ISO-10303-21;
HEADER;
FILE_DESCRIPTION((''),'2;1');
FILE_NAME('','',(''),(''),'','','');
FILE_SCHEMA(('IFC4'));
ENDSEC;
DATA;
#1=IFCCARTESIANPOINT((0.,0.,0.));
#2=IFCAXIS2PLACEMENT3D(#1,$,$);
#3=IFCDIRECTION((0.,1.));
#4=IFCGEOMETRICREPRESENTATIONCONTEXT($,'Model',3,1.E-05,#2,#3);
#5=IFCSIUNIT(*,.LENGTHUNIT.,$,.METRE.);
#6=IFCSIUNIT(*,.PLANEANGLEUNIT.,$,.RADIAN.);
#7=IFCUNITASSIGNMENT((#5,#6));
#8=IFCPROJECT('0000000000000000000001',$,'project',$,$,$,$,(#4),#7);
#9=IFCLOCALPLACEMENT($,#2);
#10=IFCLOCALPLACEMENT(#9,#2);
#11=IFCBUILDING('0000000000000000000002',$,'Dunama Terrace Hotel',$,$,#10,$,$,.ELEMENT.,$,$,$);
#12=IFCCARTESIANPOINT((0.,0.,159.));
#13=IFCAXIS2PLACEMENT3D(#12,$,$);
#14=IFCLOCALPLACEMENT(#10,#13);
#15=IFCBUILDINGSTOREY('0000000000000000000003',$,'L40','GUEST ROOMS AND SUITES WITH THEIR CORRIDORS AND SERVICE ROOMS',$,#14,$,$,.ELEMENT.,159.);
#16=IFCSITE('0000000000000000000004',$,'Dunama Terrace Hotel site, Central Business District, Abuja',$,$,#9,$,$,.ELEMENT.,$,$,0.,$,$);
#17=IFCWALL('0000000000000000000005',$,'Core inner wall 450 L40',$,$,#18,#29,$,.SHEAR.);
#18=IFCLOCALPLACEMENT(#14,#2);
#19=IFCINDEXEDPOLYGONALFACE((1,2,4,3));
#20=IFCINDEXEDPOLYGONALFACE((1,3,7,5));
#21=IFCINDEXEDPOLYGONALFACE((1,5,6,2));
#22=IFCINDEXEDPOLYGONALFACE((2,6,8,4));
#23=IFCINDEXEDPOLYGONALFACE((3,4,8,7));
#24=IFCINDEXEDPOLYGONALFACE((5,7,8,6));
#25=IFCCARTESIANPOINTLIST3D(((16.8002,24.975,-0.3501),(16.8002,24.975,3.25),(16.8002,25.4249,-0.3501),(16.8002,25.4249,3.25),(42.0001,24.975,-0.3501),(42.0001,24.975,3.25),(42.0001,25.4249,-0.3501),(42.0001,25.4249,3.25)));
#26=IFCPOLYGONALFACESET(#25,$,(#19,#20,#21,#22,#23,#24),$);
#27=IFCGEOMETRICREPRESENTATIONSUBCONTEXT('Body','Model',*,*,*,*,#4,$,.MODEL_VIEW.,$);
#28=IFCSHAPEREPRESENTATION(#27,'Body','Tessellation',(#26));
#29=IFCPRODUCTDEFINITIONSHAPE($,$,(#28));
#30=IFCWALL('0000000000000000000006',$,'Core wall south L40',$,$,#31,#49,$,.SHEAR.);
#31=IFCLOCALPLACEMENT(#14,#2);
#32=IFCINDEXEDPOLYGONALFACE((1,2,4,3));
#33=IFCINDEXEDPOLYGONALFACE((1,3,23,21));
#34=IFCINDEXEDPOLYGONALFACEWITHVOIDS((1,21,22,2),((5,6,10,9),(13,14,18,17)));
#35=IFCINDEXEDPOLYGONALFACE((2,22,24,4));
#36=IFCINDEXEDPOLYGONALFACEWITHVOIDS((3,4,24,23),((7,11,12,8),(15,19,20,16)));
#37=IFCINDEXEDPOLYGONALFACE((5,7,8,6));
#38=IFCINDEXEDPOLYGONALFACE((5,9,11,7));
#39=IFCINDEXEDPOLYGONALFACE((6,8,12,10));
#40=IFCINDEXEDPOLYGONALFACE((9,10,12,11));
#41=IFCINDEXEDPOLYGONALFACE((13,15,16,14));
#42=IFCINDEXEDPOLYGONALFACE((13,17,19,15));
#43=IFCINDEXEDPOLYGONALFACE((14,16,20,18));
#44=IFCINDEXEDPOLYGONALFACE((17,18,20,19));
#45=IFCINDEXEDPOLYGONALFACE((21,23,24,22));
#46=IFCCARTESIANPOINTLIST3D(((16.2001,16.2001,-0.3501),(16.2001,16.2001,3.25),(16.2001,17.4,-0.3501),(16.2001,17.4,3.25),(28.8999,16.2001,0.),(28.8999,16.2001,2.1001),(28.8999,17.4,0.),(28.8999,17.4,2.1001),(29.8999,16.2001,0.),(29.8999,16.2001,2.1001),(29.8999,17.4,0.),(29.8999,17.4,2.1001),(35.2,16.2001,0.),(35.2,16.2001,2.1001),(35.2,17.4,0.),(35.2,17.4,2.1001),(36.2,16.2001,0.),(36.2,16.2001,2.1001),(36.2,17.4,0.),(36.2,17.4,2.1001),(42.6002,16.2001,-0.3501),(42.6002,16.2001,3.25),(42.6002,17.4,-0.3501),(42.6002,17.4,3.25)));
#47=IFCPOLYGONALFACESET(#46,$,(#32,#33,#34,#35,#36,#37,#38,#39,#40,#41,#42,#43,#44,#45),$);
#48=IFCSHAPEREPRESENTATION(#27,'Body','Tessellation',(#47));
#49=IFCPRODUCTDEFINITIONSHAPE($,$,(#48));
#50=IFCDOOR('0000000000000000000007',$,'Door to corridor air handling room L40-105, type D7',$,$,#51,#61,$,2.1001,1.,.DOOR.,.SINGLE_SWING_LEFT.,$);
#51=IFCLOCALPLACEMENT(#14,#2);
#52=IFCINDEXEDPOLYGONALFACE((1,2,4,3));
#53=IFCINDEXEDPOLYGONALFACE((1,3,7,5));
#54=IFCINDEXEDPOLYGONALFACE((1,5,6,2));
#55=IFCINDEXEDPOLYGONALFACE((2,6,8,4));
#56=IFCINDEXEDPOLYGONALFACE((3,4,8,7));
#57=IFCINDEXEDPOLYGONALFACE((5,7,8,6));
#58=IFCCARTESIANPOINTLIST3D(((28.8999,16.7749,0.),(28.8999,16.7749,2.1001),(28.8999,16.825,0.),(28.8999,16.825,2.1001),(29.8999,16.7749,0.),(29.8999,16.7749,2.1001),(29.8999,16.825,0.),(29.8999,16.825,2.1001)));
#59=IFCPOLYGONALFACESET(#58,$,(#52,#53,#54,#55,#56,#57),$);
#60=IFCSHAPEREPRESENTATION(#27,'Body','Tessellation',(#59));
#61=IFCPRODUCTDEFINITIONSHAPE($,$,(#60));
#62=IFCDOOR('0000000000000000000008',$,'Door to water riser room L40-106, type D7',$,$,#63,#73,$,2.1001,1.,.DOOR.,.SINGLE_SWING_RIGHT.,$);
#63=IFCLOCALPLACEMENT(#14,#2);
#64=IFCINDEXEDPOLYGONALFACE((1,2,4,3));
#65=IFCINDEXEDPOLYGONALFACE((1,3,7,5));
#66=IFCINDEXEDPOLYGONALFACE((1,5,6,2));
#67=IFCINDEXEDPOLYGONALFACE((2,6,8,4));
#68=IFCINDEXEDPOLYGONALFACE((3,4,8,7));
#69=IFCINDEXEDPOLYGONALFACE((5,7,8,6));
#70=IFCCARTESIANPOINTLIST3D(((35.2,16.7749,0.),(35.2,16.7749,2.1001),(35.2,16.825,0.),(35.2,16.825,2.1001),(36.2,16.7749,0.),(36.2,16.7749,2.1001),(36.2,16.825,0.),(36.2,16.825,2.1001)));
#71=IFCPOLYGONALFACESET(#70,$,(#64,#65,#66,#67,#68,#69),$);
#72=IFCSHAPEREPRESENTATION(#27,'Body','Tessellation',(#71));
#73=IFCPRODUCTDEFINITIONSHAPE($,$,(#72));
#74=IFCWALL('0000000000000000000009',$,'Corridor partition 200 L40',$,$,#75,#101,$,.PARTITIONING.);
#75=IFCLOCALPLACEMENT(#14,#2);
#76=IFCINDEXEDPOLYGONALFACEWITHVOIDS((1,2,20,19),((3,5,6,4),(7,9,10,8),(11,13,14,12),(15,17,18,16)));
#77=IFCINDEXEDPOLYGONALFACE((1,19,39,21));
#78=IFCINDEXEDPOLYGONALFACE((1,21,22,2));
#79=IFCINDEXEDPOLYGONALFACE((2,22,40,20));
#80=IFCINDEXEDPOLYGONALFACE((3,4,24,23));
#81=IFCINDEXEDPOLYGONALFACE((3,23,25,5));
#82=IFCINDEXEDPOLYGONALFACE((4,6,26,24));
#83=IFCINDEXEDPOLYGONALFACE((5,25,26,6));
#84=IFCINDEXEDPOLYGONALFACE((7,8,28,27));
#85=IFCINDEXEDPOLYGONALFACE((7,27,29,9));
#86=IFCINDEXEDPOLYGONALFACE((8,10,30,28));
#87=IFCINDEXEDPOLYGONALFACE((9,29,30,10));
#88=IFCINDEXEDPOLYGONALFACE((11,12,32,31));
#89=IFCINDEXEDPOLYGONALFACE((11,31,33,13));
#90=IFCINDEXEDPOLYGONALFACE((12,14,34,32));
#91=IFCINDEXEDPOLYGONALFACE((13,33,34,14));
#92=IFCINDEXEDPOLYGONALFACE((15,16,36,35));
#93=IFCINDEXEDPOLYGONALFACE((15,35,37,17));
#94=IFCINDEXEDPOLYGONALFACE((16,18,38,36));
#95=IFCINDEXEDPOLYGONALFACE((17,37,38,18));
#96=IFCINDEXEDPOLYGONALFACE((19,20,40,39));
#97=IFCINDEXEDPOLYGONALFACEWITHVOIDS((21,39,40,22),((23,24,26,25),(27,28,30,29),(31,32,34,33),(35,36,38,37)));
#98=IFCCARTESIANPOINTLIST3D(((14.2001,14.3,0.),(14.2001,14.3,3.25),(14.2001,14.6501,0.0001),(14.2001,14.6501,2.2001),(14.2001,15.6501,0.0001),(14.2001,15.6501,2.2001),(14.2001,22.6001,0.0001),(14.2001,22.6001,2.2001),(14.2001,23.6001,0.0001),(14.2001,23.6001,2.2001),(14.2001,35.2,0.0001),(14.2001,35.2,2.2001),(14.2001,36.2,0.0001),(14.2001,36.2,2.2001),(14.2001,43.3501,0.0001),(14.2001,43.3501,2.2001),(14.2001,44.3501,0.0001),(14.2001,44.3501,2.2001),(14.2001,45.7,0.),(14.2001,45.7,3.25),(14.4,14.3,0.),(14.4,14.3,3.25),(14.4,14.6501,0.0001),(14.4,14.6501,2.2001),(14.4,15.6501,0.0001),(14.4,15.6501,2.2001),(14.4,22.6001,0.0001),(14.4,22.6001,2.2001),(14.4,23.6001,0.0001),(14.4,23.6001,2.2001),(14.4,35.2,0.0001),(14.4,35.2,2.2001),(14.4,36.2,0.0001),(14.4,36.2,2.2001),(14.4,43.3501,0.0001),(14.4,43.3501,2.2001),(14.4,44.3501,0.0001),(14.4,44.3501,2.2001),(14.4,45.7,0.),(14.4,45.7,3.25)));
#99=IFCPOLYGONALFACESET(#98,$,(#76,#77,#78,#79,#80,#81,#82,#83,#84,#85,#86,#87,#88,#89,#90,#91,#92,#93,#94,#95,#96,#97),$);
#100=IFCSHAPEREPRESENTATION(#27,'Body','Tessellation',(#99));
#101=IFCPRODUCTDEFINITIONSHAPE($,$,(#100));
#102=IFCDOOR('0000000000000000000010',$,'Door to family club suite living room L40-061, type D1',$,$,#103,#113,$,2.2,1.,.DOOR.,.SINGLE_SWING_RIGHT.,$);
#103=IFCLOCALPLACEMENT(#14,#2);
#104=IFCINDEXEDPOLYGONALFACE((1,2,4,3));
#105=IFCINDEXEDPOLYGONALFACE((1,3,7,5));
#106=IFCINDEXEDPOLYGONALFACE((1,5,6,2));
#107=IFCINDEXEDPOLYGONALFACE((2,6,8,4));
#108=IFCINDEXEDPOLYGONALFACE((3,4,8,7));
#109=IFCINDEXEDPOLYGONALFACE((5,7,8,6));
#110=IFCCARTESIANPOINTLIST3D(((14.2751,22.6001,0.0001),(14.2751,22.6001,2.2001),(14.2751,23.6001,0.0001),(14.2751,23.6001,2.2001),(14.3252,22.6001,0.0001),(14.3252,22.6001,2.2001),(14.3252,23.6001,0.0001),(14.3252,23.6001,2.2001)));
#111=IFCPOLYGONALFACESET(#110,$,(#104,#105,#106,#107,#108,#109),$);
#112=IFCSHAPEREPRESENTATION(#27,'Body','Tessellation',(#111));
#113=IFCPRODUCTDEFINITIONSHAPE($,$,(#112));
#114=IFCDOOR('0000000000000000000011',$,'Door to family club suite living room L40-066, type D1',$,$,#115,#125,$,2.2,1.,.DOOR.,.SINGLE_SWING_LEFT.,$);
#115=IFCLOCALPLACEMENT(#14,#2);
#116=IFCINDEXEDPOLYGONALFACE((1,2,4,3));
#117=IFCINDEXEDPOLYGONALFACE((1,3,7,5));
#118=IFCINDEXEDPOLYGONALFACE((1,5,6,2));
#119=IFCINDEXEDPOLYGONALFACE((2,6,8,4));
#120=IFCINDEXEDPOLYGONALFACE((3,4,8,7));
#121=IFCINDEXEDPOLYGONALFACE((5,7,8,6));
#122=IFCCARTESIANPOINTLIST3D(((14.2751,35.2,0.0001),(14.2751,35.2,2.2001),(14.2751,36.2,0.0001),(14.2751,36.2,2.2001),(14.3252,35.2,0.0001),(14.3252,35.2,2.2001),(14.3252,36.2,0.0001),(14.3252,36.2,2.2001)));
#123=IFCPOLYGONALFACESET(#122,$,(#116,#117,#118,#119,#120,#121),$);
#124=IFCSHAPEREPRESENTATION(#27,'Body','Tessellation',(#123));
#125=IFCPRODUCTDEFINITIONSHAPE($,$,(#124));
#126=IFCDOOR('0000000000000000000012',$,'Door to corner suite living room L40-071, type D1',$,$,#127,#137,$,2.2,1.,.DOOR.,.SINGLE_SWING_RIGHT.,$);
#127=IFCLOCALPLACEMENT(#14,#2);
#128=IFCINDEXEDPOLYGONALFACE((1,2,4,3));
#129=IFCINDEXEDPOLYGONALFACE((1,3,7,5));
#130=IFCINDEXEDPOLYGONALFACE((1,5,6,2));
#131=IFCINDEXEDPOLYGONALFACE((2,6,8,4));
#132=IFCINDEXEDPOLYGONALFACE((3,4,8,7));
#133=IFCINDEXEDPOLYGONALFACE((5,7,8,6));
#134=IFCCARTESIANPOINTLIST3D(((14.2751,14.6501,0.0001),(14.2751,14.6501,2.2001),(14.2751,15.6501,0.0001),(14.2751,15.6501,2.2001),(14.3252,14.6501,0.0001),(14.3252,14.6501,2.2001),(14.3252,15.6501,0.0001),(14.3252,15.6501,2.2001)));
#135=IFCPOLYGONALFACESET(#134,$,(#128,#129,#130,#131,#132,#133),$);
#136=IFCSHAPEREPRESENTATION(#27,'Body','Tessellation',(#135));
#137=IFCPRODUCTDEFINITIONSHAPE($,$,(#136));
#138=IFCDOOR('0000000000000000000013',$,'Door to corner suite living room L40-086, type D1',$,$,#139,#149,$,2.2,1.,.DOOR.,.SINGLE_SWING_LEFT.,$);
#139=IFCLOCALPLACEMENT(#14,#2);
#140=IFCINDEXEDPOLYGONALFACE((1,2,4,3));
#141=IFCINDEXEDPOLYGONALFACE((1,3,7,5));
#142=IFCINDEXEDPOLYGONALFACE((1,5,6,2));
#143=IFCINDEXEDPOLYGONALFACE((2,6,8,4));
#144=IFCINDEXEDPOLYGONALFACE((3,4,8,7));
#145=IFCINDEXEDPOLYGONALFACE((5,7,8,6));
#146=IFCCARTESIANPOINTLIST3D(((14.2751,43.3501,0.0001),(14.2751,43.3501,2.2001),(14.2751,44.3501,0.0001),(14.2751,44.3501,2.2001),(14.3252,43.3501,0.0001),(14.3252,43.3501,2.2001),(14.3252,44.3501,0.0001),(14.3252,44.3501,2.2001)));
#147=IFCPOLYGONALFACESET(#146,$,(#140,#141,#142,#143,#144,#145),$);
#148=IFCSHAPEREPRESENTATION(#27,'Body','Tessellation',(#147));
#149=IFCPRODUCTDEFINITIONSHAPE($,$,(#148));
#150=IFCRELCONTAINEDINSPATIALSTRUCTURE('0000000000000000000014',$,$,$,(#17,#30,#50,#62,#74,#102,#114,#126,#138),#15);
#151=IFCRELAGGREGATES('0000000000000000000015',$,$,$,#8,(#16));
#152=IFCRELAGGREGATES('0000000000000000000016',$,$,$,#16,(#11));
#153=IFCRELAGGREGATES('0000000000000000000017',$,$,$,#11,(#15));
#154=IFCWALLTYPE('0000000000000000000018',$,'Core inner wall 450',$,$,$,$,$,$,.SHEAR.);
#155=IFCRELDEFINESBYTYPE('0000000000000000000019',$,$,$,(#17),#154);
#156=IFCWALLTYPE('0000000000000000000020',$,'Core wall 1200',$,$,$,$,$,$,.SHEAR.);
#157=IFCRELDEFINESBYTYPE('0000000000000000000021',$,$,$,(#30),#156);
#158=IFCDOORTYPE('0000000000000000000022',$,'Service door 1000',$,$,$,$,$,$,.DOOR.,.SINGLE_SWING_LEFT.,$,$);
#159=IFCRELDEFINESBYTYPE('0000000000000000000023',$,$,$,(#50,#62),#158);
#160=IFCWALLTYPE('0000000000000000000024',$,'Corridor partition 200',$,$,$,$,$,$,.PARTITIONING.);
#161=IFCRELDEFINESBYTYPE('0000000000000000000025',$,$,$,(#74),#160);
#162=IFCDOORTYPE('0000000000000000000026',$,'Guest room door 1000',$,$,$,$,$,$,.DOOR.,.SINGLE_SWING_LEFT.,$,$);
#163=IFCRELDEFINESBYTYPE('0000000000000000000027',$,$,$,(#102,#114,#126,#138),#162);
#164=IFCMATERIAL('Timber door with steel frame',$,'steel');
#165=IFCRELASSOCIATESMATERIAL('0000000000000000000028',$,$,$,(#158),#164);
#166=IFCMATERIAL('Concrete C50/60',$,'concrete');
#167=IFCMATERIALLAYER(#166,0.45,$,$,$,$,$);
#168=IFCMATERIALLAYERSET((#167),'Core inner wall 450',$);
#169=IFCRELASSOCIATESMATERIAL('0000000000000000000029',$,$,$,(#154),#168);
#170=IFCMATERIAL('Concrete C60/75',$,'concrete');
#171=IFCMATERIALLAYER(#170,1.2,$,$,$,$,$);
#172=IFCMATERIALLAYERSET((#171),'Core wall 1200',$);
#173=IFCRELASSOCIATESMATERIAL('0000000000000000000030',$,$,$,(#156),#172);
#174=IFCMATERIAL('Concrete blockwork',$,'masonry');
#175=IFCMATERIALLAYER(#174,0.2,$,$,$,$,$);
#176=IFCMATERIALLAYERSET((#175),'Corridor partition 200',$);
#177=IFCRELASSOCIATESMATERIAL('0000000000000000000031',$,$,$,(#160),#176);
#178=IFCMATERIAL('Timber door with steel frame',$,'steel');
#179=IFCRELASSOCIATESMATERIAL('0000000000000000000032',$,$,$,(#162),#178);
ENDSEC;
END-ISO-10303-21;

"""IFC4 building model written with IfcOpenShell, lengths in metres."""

from ifc_helpers import new_model, si_unit, direction, frame, frame_2d, origin, place, context, subcontext, project, spatial, rectangle, extrude, material, layer, layer_set, type_object, element, fill, save


model = new_model("IFC4")

# Units and contexts
model_context = context("Model", 3, precision=1e-05, world=origin(), true_north=direction((0.0, 1.0)))
body_context = subcontext(model_context, "Body", "Model", "MODEL_VIEW")
ifc_project = project(units=[si_unit("LENGTHUNIT", "METRE"), si_unit("PLANEANGLEUNIT", "RADIAN")], contexts=[model_context])

# Site, building, storey
site_placement = place(None, origin())
site = spatial("IfcSite", under=ifc_project, at=site_placement, Name="Dunama Terrace Hotel site, Central Business District, Abuja", CompositionType="ELEMENT", RefElevation=0.0)
building_placement = place(site_placement, origin())
building = spatial("IfcBuilding", under=site, at=building_placement, Name="Dunama Terrace Hotel", CompositionType="ELEMENT")
storey_placement = place(building_placement, frame((0.0, 0.0, 159.0)))
storey = spatial("IfcBuildingStorey", under=building, at=storey_placement, Name="L40", Description="GUEST ROOMS AND SUITES WITH THEIR CORRIDORS AND SERVICE ROOMS", CompositionType="ELEMENT", Elevation=159.0)

# Shared definitions
ifc_material_1 = material(Name="Timber door with steel frame", Category="steel")
door_type_1 = type_object("IfcDoorType", Name="Service door 1000", OperationType="SINGLE_SWING_LEFT", PredefinedType="DOOR", material=ifc_material_1)

# Wall
ifc_material_2 = material(Name="Concrete C50/60", Category="concrete")
ifc_layer_1 = layer(ifc_material_2, 0.45)
ifc_layer_set_1 = layer_set([ifc_layer_1], Name="Core inner wall 450")
wall_type_1 = type_object("IfcWallType", Name="Core inner wall 450", PredefinedType="SHEAR", material=ifc_layer_set_1)
wall_1_placement = place(storey_placement, frame((16.8, 25.2, -0.3501), z_axis=(0.0, 0.0, 1.0), x_axis=(1.0, 0.0, 0.0)))
element("IfcWall", 1, at=wall_1_placement, inside=storey, type_object=wall_type_1, Name="Core inner wall 450 L40", PredefinedType="SHEAR", context=body_context, shape_type="SweptSolid", body=[
    extrude(rectangle(XDim=25.2, YDim=0.45, at=frame_2d((12.6001, 0.0))), origin(), (0.0, 0.0, 1.0), 3.6001),
])

# Walls, openings, doors
ifc_material_3 = material(Name="Concrete C60/75", Category="concrete")
ifc_layer_2 = layer(ifc_material_3, 1.2)
ifc_layer_set_2 = layer_set([ifc_layer_2], Name="Core wall 1200")
wall_type_2 = type_object("IfcWallType", Name="Core wall 1200", PredefinedType="SHEAR", material=ifc_layer_set_2)
wall_2_placement = place(storey_placement, frame((16.2, 16.8, -0.3501), z_axis=(0.0, 0.0, 1.0), x_axis=(1.0, 0.0, 0.0)))
wall_2 = element("IfcWall", 2, at=wall_2_placement, inside=storey, type_object=wall_type_2, Name="Core wall south L40", PredefinedType="SHEAR", context=body_context, shape_type="SweptSolid", body=[
    extrude(rectangle(XDim=26.4001, YDim=1.2, at=frame_2d((13.2002, 0.0))), origin(), (0.0, 0.0, 1.0), 3.6001),
])
opening_1_placement = place(wall_2_placement, frame((12.7, 0.0, 0.3501)))
opening_1 = element("IfcOpeningElement", 3, at=opening_1_placement, cuts=wall_2, PredefinedType="OPENING", context=body_context, shape_type="SweptSolid", body=[
    extrude(rectangle(XDim=1.0, YDim=2.1001, at=frame_2d((0.5, 1.05))), frame((0.0, 0.6099, 0.0), z_axis=(0.0, -1.0, 0.0), x_axis=(1.0, 0.0, 0.0)), (0.0, 0.0, 1.0), 1.22),
])
opening_2_placement = place(wall_2_placement, frame((19.0, 0.0, 0.3501)))
opening_2 = element("IfcOpeningElement", 4, at=opening_2_placement, cuts=wall_2, PredefinedType="OPENING", context=body_context, shape_type="SweptSolid", body=[
    extrude(rectangle(XDim=1.0, YDim=2.1001, at=frame_2d((0.5, 1.05))), frame((0.0, 0.6099, 0.0), z_axis=(0.0, -1.0, 0.0), x_axis=(1.0, 0.0, 0.0)), (0.0, 0.0, 1.0), 1.22),
])
door_1_placement = place(opening_1_placement, origin())
door_1 = element("IfcDoor", 5, at=door_1_placement, inside=storey, type_object=door_type_1, Name="Door to corridor air handling room L40-105, type D7", OperationType="SINGLE_SWING_LEFT", OverallHeight=2.1001, OverallWidth=1.0, PredefinedType="DOOR", context=body_context, shape_type="SweptSolid", body=[
    extrude(rectangle(XDim=1.0, YDim=2.1001, at=frame_2d((0.5, 1.05))), frame((0.0, 0.0249, 0.0), z_axis=(0.0, -1.0, 0.0), x_axis=(1.0, 0.0, 0.0)), (0.0, 0.0, 1.0), 0.05),
])
fill(opening_1, door_1)
door_2_placement = place(opening_2_placement, origin())
door_2 = element("IfcDoor", 6, at=door_2_placement, inside=storey, type_object=door_type_1, Name="Door to water riser room L40-106, type D7", OperationType="SINGLE_SWING_RIGHT", OverallHeight=2.1001, OverallWidth=1.0, PredefinedType="DOOR", context=body_context, shape_type="SweptSolid", body=[
    extrude(rectangle(XDim=1.0, YDim=2.1001, at=frame_2d((0.5, 1.05))), frame((0.0, 0.0249, 0.0), z_axis=(0.0, -1.0, 0.0), x_axis=(1.0, 0.0, 0.0)), (0.0, 0.0, 1.0), 0.05),
])
fill(opening_2, door_2)
ifc_material_4 = material(Name="Concrete blockwork", Category="masonry")
ifc_layer_3 = layer(ifc_material_4, 0.2)
ifc_layer_set_3 = layer_set([ifc_layer_3], Name="Corridor partition 200")
wall_type_3 = type_object("IfcWallType", Name="Corridor partition 200", PredefinedType="PARTITIONING", material=ifc_layer_set_3)
wall_3_placement = place(storey_placement, frame((14.3, 14.3, 0.0), z_axis=(0.0, 0.0, 1.0), x_axis=(0.0, 1.0, 0.0)))
wall_3 = element("IfcWall", 7, at=wall_3_placement, inside=storey, type_object=wall_type_3, Name="Corridor partition 200 L40", PredefinedType="PARTITIONING", context=body_context, shape_type="SweptSolid", body=[
    extrude(rectangle(XDim=31.3999, YDim=0.2, at=frame_2d((15.7, 0.0))), origin(), (0.0, 0.0, 1.0), 3.25),
])
opening_3_placement = place(wall_3_placement, frame((8.3, 0.0, 0.0)))
opening_3 = element("IfcOpeningElement", 8, at=opening_3_placement, cuts=wall_3, PredefinedType="OPENING", context=body_context, shape_type="SweptSolid", body=[
    extrude(rectangle(XDim=1.0, YDim=2.2, at=frame_2d((0.5, 1.1001))), frame((0.0, 0.1099, 0.0), z_axis=(0.0, -1.0, 0.0), x_axis=(1.0, 0.0, 0.0)), (0.0, 0.0, 1.0), 0.22),
])
opening_4_placement = place(wall_3_placement, frame((20.8999, 0.0, 0.0)))
opening_4 = element("IfcOpeningElement", 9, at=opening_4_placement, cuts=wall_3, PredefinedType="OPENING", context=body_context, shape_type="SweptSolid", body=[
    extrude(rectangle(XDim=1.0, YDim=2.2, at=frame_2d((0.5, 1.1001))), frame((0.0, 0.1099, 0.0), z_axis=(0.0, -1.0, 0.0), x_axis=(1.0, 0.0, 0.0)), (0.0, 0.0, 1.0), 0.22),
])
opening_5_placement = place(wall_3_placement, frame((0.3501, 0.0, 0.0)))
opening_5 = element("IfcOpeningElement", 10, at=opening_5_placement, cuts=wall_3, PredefinedType="OPENING", context=body_context, shape_type="SweptSolid", body=[
    extrude(rectangle(XDim=1.0, YDim=2.2, at=frame_2d((0.5, 1.1001))), frame((0.0, 0.1099, 0.0), z_axis=(0.0, -1.0, 0.0), x_axis=(1.0, 0.0, 0.0)), (0.0, 0.0, 1.0), 0.22),
])
opening_6_placement = place(wall_3_placement, frame((29.05, 0.0, 0.0)))
opening_6 = element("IfcOpeningElement", 11, at=opening_6_placement, cuts=wall_3, PredefinedType="OPENING", context=body_context, shape_type="SweptSolid", body=[
    extrude(rectangle(XDim=1.0, YDim=2.2, at=frame_2d((0.5, 1.1001))), frame((0.0, 0.1099, 0.0), z_axis=(0.0, -1.0, 0.0), x_axis=(1.0, 0.0, 0.0)), (0.0, 0.0, 1.0), 0.22),
])
ifc_material_5 = material(Name="Timber door with steel frame", Category="steel")
door_type_2 = type_object("IfcDoorType", Name="Guest room door 1000", OperationType="SINGLE_SWING_LEFT", PredefinedType="DOOR", material=ifc_material_5)
door_3_placement = place(opening_3_placement, origin())
door_3 = element("IfcDoor", 12, at=door_3_placement, inside=storey, type_object=door_type_2, Name="Door to family club suite living room L40-061, type D1", OperationType="SINGLE_SWING_RIGHT", OverallHeight=2.2, OverallWidth=1.0, PredefinedType="DOOR", context=body_context, shape_type="SweptSolid", body=[
    extrude(rectangle(XDim=1.0, YDim=2.2, at=frame_2d((0.5, 1.1001))), frame((0.0, 0.0249, 0.0), z_axis=(0.0, -1.0, 0.0), x_axis=(1.0, 0.0, 0.0)), (0.0, 0.0, 1.0), 0.05),
])
fill(opening_3, door_3)
door_4_placement = place(opening_4_placement, origin())
door_4 = element("IfcDoor", 13, at=door_4_placement, inside=storey, type_object=door_type_2, Name="Door to family club suite living room L40-066, type D1", OperationType="SINGLE_SWING_LEFT", OverallHeight=2.2, OverallWidth=1.0, PredefinedType="DOOR", context=body_context, shape_type="SweptSolid", body=[
    extrude(rectangle(XDim=1.0, YDim=2.2, at=frame_2d((0.5, 1.1001))), frame((0.0, 0.0249, 0.0), z_axis=(0.0, -1.0, 0.0), x_axis=(1.0, 0.0, 0.0)), (0.0, 0.0, 1.0), 0.05),
])
fill(opening_4, door_4)
door_5_placement = place(opening_5_placement, origin())
door_5 = element("IfcDoor", 14, at=door_5_placement, inside=storey, type_object=door_type_2, Name="Door to corner suite living room L40-071, type D1", OperationType="SINGLE_SWING_RIGHT", OverallHeight=2.2, OverallWidth=1.0, PredefinedType="DOOR", context=body_context, shape_type="SweptSolid", body=[
    extrude(rectangle(XDim=1.0, YDim=2.2, at=frame_2d((0.5, 1.1001))), frame((0.0, 0.0249, 0.0), z_axis=(0.0, -1.0, 0.0), x_axis=(1.0, 0.0, 0.0)), (0.0, 0.0, 1.0), 0.05),
])
fill(opening_5, door_5)
door_6_placement = place(opening_6_placement, origin())
door_6 = element("IfcDoor", 15, at=door_6_placement, inside=storey, type_object=door_type_2, Name="Door to corner suite living room L40-086, type D1", OperationType="SINGLE_SWING_LEFT", OverallHeight=2.2, OverallWidth=1.0, PredefinedType="DOOR", context=body_context, shape_type="SweptSolid", body=[
    extrude(rectangle(XDim=1.0, YDim=2.2, at=frame_2d((0.5, 1.1001))), frame((0.0, 0.0249, 0.0), z_axis=(0.0, -1.0, 0.0), x_axis=(1.0, 0.0, 0.0)), (0.0, 0.0, 1.0), 0.05),
])
fill(opening_6, door_6)

save(model, "model.ifc")
